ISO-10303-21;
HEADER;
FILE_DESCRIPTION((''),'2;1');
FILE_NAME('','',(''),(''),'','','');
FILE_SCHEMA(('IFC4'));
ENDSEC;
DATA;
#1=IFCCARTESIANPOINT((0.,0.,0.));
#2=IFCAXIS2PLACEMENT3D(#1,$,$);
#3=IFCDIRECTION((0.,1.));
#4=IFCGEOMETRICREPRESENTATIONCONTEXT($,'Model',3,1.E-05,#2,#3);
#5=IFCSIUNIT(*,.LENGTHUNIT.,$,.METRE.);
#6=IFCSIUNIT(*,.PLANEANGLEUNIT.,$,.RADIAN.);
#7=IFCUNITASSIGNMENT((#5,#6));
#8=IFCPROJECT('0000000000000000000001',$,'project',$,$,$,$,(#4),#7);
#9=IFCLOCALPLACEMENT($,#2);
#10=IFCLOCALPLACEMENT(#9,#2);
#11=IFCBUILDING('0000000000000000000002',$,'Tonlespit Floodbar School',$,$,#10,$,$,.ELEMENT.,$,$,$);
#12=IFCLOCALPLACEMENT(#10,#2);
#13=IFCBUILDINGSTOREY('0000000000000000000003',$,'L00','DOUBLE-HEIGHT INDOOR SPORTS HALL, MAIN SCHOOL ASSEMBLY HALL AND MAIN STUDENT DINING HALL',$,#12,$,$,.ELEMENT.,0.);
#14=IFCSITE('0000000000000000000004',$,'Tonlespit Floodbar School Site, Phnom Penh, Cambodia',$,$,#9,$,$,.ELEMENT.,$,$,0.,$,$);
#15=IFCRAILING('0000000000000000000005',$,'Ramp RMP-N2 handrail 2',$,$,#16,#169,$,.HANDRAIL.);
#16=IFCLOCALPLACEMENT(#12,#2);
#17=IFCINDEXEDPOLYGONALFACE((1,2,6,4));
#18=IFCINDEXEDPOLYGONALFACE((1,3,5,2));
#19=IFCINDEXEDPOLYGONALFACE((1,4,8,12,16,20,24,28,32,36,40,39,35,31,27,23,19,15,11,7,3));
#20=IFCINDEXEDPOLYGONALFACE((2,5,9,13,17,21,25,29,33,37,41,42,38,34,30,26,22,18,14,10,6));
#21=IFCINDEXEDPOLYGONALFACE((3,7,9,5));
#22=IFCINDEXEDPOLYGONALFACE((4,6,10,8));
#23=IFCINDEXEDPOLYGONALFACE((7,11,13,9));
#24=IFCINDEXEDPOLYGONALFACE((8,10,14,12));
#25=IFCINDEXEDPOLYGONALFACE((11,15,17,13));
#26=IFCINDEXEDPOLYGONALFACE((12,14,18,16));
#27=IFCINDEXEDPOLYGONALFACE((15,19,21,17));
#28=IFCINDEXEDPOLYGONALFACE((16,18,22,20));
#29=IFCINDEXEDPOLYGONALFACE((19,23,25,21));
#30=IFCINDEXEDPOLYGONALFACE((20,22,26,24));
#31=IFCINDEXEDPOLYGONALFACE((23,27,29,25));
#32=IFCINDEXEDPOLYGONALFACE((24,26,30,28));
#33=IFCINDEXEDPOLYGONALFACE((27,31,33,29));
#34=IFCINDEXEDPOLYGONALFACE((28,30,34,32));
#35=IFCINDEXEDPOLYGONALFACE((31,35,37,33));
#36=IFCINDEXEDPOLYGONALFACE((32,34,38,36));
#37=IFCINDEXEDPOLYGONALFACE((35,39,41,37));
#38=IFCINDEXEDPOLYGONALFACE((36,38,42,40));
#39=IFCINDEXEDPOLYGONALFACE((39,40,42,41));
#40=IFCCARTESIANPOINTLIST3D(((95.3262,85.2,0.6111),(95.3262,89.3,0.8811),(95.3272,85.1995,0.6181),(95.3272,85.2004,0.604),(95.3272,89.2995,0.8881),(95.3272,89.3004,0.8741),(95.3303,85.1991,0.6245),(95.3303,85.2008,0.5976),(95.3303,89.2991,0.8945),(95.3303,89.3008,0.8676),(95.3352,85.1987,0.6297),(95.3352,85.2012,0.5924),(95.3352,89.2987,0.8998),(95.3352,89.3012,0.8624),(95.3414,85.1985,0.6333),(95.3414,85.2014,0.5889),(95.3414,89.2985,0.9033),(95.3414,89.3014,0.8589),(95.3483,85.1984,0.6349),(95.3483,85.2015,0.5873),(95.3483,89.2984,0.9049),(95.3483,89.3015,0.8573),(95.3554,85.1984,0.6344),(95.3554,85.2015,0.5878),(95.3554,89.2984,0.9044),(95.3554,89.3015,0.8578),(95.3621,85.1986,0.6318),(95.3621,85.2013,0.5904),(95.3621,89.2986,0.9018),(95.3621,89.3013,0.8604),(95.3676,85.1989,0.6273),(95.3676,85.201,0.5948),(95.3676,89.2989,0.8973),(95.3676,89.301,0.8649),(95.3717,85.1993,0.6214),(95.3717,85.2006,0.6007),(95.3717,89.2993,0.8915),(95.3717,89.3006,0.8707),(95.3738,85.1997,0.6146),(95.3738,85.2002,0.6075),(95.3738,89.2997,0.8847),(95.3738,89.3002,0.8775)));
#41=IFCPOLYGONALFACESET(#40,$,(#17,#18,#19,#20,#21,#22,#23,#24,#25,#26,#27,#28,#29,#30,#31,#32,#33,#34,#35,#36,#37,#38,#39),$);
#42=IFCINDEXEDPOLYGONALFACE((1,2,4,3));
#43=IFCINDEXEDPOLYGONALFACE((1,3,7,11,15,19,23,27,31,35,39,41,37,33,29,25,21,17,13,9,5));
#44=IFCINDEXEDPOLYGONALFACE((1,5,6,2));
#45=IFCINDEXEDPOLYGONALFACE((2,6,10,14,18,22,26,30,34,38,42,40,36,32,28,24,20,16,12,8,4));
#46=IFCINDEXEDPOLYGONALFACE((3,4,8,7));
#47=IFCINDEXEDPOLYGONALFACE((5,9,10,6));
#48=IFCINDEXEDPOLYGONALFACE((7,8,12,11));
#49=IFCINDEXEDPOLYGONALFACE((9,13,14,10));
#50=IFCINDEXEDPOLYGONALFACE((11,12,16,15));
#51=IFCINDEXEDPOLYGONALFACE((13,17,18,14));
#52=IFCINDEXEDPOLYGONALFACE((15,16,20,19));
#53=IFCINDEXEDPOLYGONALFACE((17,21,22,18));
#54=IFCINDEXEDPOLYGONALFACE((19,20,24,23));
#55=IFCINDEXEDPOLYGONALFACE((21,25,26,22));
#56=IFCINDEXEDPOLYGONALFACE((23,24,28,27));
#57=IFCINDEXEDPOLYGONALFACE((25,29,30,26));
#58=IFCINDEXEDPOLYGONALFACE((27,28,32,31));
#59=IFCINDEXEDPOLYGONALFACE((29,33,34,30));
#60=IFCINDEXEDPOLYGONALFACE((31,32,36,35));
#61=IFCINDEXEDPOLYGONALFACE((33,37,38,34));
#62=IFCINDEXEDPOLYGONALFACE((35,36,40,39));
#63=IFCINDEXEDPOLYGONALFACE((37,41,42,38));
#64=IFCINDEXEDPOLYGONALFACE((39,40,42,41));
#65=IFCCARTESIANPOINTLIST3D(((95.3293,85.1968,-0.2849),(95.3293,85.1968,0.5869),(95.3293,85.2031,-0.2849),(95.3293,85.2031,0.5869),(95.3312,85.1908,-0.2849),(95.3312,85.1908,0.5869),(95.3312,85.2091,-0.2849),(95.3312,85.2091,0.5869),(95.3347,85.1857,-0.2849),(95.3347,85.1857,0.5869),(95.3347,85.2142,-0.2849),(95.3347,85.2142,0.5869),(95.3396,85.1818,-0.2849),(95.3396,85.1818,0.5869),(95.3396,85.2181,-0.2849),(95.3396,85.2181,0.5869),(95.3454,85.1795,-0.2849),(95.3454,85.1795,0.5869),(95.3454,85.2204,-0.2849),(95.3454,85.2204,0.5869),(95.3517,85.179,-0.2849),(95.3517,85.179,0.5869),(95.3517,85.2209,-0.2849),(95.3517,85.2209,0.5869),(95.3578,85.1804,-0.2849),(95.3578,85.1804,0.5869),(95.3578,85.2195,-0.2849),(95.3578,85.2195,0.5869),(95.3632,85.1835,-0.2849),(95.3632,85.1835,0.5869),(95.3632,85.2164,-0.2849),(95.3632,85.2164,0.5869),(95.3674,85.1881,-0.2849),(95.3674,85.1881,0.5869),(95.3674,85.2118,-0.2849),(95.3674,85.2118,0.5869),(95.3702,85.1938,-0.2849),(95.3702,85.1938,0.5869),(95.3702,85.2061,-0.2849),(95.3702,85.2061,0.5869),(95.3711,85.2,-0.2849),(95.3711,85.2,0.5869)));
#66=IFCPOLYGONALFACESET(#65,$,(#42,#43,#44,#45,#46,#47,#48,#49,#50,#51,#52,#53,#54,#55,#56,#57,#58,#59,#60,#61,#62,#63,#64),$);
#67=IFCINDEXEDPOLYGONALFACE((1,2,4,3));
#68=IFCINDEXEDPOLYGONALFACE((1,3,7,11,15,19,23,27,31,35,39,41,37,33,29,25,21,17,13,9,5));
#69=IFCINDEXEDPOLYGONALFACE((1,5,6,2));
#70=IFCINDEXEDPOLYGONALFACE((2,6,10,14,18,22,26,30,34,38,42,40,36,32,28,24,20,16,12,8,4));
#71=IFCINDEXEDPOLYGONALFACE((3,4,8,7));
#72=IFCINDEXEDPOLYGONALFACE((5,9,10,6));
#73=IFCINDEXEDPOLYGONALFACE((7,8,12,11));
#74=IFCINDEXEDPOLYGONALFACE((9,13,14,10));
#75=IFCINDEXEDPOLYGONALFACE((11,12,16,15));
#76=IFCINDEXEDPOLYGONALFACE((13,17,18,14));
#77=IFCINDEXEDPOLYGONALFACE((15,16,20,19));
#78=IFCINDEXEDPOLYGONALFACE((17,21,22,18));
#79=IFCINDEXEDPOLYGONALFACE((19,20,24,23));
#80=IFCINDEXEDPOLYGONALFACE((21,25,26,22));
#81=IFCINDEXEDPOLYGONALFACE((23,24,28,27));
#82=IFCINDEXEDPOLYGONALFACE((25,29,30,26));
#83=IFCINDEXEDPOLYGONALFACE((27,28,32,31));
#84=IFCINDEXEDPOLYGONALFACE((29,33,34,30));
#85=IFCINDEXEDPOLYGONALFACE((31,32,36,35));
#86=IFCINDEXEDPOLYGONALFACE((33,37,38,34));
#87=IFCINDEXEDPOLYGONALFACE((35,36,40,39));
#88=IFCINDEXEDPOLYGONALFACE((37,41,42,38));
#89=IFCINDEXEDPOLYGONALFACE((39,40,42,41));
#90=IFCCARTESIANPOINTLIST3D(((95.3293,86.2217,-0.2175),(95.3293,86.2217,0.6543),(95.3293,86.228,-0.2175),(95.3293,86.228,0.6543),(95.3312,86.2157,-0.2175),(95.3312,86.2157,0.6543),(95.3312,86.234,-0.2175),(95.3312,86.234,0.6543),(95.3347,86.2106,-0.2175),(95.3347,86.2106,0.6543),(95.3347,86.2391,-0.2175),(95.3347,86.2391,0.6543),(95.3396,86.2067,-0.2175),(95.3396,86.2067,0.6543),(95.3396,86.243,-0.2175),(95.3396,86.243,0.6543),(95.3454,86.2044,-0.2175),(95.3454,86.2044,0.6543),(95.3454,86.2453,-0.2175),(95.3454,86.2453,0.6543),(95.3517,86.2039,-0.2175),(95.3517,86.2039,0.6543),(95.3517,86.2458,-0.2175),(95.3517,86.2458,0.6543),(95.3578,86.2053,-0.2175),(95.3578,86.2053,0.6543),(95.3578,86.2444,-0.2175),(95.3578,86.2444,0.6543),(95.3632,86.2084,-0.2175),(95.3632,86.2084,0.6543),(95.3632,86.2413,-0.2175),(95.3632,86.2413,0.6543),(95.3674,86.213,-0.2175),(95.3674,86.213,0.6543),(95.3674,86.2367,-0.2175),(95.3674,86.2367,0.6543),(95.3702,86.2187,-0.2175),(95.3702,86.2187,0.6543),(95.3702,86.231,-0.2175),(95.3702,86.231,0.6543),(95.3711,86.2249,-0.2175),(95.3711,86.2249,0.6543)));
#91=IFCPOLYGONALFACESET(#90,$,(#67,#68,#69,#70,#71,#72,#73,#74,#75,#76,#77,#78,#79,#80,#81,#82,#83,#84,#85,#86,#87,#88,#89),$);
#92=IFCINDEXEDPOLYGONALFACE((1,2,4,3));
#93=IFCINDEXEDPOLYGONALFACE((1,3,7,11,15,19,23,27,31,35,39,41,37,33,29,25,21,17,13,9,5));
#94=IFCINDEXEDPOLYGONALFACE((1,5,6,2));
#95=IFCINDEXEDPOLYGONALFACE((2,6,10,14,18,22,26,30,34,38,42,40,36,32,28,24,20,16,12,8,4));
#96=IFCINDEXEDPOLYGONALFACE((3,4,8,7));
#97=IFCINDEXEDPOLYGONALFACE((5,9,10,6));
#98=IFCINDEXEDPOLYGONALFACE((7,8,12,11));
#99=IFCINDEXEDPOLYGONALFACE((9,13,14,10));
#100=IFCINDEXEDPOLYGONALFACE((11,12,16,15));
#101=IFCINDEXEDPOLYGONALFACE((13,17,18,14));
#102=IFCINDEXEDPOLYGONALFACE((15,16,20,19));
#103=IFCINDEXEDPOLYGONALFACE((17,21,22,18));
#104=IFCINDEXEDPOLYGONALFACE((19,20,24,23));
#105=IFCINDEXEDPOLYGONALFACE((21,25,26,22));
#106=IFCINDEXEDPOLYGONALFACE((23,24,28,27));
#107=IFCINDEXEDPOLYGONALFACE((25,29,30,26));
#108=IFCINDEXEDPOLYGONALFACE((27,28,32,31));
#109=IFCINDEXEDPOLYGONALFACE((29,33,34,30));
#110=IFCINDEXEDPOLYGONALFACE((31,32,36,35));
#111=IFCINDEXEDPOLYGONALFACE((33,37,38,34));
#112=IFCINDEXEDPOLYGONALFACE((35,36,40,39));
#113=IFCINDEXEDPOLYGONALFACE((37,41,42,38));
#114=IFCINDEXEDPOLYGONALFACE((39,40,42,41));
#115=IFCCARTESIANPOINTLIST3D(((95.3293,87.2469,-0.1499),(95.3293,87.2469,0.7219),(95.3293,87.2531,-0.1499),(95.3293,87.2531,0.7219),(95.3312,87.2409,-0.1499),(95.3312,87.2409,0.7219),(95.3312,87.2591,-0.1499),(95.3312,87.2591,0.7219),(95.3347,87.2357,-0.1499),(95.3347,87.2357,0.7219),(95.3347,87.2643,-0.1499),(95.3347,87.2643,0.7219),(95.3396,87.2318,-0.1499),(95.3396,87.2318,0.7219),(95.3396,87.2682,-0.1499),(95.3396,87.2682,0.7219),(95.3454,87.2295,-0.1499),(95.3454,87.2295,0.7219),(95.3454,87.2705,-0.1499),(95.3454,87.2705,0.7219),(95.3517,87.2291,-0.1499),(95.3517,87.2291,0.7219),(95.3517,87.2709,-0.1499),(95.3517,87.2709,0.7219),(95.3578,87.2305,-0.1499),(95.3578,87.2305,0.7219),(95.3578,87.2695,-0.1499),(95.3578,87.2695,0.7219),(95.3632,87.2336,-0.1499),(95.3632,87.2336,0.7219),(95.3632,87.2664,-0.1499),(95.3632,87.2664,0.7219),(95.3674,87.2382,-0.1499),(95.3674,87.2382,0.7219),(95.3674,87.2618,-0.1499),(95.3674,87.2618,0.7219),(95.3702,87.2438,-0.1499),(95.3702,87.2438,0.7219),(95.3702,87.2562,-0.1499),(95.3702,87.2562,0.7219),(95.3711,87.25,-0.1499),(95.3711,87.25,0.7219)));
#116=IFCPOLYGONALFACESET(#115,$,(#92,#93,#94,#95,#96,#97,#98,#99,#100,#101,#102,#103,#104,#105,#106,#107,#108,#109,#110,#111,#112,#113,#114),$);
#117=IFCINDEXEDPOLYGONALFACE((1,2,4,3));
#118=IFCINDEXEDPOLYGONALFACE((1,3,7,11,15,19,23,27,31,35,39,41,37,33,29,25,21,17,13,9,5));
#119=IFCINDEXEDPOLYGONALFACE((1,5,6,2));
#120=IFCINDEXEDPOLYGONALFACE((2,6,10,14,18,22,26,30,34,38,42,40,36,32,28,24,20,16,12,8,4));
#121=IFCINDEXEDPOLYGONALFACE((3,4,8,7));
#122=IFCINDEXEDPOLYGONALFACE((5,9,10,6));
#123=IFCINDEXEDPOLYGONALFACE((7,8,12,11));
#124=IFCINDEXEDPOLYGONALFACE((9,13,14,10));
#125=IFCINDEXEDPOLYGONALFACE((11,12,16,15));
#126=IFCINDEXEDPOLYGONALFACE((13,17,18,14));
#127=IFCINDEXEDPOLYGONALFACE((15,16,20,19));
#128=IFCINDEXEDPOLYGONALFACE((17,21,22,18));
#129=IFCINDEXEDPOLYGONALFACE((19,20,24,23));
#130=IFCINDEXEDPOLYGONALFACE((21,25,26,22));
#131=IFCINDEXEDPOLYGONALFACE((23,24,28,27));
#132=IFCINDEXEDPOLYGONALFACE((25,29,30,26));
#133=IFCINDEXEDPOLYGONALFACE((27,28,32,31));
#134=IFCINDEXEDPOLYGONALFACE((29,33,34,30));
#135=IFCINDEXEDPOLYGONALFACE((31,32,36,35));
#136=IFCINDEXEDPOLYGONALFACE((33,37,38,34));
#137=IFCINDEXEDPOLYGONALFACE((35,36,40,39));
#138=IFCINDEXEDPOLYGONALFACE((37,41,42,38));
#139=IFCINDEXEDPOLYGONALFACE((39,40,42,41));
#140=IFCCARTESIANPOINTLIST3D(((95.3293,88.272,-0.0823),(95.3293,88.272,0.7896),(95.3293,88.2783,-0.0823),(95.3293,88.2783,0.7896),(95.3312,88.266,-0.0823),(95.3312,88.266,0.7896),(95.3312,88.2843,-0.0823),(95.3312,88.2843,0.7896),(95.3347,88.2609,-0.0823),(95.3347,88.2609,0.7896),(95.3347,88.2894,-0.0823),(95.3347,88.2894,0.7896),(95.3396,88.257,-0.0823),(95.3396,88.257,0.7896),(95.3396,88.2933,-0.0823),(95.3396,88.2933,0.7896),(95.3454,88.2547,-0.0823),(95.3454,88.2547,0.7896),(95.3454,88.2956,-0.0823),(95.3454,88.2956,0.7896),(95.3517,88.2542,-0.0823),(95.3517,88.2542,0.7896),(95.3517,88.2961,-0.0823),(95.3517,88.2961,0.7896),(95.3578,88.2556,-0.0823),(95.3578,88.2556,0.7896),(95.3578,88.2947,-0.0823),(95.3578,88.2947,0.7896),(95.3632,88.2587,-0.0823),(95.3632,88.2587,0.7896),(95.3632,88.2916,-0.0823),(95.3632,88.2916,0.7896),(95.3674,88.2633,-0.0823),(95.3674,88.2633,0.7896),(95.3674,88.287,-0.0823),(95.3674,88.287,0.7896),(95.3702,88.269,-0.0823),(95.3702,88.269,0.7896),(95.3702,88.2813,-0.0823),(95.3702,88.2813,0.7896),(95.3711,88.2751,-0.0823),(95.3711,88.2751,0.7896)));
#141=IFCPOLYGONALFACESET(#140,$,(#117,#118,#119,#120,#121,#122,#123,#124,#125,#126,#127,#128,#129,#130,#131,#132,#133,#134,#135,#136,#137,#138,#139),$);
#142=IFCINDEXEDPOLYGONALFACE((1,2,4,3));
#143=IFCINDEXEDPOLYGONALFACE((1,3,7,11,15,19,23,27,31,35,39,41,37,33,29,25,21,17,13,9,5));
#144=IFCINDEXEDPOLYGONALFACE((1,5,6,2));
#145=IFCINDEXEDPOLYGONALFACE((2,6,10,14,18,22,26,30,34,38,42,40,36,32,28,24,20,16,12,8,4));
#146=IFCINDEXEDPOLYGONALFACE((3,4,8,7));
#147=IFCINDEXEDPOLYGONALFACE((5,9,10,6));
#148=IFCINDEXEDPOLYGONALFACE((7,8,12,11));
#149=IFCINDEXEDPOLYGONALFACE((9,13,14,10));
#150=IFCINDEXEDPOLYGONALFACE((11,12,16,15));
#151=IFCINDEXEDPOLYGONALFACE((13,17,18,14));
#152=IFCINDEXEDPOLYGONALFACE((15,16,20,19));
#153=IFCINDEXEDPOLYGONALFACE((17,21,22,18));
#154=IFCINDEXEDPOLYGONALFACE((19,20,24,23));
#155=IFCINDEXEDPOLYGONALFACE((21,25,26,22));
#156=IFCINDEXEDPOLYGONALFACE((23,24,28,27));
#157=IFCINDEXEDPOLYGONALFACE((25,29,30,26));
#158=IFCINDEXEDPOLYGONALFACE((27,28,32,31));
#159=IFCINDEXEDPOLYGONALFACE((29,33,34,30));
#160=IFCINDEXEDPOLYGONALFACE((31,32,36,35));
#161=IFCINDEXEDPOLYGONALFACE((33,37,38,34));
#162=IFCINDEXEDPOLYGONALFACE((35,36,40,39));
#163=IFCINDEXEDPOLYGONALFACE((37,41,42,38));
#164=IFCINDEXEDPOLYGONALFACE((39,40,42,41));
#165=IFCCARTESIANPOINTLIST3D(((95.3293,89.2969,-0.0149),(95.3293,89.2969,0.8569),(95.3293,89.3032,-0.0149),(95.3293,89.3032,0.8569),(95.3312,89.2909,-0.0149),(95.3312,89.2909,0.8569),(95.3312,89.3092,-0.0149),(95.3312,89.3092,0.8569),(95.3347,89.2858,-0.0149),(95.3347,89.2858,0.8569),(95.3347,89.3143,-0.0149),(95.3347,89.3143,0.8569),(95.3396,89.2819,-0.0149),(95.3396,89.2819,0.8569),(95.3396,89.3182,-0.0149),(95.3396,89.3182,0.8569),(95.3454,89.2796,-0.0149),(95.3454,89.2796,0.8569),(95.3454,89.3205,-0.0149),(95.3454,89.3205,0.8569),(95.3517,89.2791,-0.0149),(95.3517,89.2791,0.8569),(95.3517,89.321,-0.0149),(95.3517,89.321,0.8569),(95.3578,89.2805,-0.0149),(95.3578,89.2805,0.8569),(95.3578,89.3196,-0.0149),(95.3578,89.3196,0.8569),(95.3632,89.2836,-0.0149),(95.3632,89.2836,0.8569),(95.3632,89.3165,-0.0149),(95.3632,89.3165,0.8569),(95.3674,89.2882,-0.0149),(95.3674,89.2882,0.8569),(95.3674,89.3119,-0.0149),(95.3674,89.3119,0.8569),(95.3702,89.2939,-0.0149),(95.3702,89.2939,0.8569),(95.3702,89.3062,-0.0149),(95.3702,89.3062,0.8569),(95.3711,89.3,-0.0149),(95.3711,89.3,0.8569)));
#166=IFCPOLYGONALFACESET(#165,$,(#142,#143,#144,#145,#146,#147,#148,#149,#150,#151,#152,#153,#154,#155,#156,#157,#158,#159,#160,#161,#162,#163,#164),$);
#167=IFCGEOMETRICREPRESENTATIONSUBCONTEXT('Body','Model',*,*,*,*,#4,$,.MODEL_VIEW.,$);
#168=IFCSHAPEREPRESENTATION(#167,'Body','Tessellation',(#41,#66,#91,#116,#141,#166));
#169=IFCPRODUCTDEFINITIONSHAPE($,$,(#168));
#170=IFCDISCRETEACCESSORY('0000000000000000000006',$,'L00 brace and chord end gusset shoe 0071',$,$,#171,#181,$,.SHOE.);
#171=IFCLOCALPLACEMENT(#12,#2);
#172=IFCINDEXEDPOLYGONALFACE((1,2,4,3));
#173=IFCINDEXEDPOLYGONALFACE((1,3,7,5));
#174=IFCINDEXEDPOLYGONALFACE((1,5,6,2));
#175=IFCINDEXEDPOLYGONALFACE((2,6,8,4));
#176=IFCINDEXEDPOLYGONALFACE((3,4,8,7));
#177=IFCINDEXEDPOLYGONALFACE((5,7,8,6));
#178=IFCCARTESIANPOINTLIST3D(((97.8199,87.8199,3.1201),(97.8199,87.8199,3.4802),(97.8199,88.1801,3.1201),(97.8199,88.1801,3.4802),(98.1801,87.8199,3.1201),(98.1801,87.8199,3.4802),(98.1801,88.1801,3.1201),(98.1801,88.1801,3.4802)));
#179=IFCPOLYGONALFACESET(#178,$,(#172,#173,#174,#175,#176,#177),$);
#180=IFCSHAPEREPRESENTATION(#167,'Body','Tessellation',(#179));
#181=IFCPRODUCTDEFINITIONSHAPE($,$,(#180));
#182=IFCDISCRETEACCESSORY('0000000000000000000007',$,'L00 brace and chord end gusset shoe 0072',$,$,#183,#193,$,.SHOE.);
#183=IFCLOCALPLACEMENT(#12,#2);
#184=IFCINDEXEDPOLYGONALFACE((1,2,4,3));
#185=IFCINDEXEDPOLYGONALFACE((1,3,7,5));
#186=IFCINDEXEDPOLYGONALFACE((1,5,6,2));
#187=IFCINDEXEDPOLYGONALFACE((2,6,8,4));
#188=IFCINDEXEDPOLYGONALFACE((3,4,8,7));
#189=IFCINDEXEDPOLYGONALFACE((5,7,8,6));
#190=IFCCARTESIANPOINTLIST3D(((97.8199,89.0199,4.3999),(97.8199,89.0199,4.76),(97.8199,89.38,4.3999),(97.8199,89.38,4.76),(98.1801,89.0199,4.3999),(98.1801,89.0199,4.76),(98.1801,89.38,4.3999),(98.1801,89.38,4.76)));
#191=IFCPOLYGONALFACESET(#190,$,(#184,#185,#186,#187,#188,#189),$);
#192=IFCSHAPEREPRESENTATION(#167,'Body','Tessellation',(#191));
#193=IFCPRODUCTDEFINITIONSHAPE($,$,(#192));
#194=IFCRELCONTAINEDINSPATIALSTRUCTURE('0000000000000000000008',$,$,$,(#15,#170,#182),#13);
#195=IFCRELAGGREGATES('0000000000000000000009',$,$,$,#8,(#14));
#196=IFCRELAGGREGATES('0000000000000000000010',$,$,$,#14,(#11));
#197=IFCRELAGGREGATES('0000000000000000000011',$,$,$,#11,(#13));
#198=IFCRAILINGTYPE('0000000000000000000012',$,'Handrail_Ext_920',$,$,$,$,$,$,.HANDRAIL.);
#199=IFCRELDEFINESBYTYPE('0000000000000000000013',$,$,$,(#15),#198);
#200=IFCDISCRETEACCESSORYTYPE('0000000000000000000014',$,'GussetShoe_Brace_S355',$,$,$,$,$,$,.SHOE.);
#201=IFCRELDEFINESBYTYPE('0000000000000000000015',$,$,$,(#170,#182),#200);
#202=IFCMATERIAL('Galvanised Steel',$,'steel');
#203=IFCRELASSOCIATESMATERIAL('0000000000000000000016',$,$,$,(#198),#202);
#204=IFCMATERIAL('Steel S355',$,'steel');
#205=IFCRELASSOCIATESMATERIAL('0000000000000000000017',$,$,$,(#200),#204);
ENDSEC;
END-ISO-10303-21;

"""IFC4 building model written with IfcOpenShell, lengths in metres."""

from ifc_helpers import new_model, si_unit, direction, frame, origin, origin_2d, place, context, subcontext, project, spatial, rectangle, circle, extrude, material, type_object, element, save


model = new_model("IFC4")

# Units and contexts
model_context = context("Model", 3, precision=1e-05, world=origin(), true_north=direction((0.0, 1.0)))
body_context = subcontext(model_context, "Body", "Model", "MODEL_VIEW")
ifc_project = project(units=[si_unit("LENGTHUNIT", "METRE"), si_unit("PLANEANGLEUNIT", "RADIAN")], contexts=[model_context])

# Site, building, storey
site_placement = place(None, origin())
site = spatial("IfcSite", under=ifc_project, at=site_placement, Name="Tonlespit Floodbar School Site, Phnom Penh, Cambodia", CompositionType="ELEMENT", RefElevation=0.0)
building_placement = place(site_placement, origin())
building = spatial("IfcBuilding", under=site, at=building_placement, Name="Tonlespit Floodbar School", CompositionType="ELEMENT")
storey_placement = place(building_placement, origin())
storey = spatial("IfcBuildingStorey", under=building, at=storey_placement, Name="L00", Description="DOUBLE-HEIGHT INDOOR SPORTS HALL, MAIN SCHOOL ASSEMBLY HALL AND MAIN STUDENT DINING HALL", CompositionType="ELEMENT", Elevation=0.0)

# Shared definitions
ifc_material_1 = material(Name="Steel S355", Category="steel")

# Railing
ifc_material_2 = material(Name="Galvanised Steel", Category="steel")
railing_type = type_object("IfcRailingType", Name="Handrail_Ext_920", PredefinedType="HANDRAIL", material=ifc_material_2)
for number, where, name in (
    (1, (95.3501, 85.2, -0.2849), "Ramp RMP-N2 handrail 2"),
):
    element("IfcRailing", number, at=place(storey_placement, frame(where)), inside=storey, type_object=railing_type, Name=name, PredefinedType="HANDRAIL", context=body_context, shape_type="SweptSolid", body=[
        extrude(circle(Radius=0.0239, at=origin_2d()), frame((0.0, 0.0, 0.896), z_axis=(0.0, 0.997838, 0.065715), x_axis=(-1.0, 0.0, 0.0)), (0.0, 0.0, 1.0), 4.1089),
        extrude(circle(Radius=0.021, at=origin_2d()), origin(), (0.0, 0.0, 1.0), 0.8718),
        extrude(circle(Radius=0.021, at=origin_2d()), frame((0.0, 1.0249, 0.0674)), (0.0, 0.0, 1.0), 0.8718),
        extrude(circle(Radius=0.021, at=origin_2d()), frame((0.0, 2.05, 0.135)), (0.0, 0.0, 1.0), 0.8718),
        extrude(circle(Radius=0.021, at=origin_2d()), frame((0.0, 3.0752, 0.2026)), (0.0, 0.0, 1.0), 0.8718),
        extrude(circle(Radius=0.021, at=origin_2d()), frame((0.0, 4.1001, 0.27)), (0.0, 0.0, 1.0), 0.8718),
    ])

# Discrete accessories
discrete_accessory_type = type_object("IfcDiscreteAccessoryType", Name="GussetShoe_Brace_S355", PredefinedType="SHOE", material=ifc_material_1)
for number, where, z_axis, x_axis, name in (
    (2, (98.0, 88.0, 3.1201), (0.0, 0.0, 1.0), (1.0, 0.0, 0.0), "L00 brace and chord end gusset shoe 0071"),
    (3, (98.0, 89.2, 4.3999), (0.0, 0.0, 1.0), (1.0, 0.0, 0.0), "L00 brace and chord end gusset shoe 0072"),
):
    element("IfcDiscreteAccessory", number, at=place(storey_placement, frame(where, z_axis=z_axis, x_axis=x_axis)), inside=storey, type_object=discrete_accessory_type, Name=name, PredefinedType="SHOE", context=body_context, shape_type="SweptSolid", body=[
        extrude(rectangle(XDim=0.3601, YDim=0.3601, at=origin_2d()), origin(), (0.0, 0.0, 1.0), 0.3601),
    ])

save(model, "model.ifc")
